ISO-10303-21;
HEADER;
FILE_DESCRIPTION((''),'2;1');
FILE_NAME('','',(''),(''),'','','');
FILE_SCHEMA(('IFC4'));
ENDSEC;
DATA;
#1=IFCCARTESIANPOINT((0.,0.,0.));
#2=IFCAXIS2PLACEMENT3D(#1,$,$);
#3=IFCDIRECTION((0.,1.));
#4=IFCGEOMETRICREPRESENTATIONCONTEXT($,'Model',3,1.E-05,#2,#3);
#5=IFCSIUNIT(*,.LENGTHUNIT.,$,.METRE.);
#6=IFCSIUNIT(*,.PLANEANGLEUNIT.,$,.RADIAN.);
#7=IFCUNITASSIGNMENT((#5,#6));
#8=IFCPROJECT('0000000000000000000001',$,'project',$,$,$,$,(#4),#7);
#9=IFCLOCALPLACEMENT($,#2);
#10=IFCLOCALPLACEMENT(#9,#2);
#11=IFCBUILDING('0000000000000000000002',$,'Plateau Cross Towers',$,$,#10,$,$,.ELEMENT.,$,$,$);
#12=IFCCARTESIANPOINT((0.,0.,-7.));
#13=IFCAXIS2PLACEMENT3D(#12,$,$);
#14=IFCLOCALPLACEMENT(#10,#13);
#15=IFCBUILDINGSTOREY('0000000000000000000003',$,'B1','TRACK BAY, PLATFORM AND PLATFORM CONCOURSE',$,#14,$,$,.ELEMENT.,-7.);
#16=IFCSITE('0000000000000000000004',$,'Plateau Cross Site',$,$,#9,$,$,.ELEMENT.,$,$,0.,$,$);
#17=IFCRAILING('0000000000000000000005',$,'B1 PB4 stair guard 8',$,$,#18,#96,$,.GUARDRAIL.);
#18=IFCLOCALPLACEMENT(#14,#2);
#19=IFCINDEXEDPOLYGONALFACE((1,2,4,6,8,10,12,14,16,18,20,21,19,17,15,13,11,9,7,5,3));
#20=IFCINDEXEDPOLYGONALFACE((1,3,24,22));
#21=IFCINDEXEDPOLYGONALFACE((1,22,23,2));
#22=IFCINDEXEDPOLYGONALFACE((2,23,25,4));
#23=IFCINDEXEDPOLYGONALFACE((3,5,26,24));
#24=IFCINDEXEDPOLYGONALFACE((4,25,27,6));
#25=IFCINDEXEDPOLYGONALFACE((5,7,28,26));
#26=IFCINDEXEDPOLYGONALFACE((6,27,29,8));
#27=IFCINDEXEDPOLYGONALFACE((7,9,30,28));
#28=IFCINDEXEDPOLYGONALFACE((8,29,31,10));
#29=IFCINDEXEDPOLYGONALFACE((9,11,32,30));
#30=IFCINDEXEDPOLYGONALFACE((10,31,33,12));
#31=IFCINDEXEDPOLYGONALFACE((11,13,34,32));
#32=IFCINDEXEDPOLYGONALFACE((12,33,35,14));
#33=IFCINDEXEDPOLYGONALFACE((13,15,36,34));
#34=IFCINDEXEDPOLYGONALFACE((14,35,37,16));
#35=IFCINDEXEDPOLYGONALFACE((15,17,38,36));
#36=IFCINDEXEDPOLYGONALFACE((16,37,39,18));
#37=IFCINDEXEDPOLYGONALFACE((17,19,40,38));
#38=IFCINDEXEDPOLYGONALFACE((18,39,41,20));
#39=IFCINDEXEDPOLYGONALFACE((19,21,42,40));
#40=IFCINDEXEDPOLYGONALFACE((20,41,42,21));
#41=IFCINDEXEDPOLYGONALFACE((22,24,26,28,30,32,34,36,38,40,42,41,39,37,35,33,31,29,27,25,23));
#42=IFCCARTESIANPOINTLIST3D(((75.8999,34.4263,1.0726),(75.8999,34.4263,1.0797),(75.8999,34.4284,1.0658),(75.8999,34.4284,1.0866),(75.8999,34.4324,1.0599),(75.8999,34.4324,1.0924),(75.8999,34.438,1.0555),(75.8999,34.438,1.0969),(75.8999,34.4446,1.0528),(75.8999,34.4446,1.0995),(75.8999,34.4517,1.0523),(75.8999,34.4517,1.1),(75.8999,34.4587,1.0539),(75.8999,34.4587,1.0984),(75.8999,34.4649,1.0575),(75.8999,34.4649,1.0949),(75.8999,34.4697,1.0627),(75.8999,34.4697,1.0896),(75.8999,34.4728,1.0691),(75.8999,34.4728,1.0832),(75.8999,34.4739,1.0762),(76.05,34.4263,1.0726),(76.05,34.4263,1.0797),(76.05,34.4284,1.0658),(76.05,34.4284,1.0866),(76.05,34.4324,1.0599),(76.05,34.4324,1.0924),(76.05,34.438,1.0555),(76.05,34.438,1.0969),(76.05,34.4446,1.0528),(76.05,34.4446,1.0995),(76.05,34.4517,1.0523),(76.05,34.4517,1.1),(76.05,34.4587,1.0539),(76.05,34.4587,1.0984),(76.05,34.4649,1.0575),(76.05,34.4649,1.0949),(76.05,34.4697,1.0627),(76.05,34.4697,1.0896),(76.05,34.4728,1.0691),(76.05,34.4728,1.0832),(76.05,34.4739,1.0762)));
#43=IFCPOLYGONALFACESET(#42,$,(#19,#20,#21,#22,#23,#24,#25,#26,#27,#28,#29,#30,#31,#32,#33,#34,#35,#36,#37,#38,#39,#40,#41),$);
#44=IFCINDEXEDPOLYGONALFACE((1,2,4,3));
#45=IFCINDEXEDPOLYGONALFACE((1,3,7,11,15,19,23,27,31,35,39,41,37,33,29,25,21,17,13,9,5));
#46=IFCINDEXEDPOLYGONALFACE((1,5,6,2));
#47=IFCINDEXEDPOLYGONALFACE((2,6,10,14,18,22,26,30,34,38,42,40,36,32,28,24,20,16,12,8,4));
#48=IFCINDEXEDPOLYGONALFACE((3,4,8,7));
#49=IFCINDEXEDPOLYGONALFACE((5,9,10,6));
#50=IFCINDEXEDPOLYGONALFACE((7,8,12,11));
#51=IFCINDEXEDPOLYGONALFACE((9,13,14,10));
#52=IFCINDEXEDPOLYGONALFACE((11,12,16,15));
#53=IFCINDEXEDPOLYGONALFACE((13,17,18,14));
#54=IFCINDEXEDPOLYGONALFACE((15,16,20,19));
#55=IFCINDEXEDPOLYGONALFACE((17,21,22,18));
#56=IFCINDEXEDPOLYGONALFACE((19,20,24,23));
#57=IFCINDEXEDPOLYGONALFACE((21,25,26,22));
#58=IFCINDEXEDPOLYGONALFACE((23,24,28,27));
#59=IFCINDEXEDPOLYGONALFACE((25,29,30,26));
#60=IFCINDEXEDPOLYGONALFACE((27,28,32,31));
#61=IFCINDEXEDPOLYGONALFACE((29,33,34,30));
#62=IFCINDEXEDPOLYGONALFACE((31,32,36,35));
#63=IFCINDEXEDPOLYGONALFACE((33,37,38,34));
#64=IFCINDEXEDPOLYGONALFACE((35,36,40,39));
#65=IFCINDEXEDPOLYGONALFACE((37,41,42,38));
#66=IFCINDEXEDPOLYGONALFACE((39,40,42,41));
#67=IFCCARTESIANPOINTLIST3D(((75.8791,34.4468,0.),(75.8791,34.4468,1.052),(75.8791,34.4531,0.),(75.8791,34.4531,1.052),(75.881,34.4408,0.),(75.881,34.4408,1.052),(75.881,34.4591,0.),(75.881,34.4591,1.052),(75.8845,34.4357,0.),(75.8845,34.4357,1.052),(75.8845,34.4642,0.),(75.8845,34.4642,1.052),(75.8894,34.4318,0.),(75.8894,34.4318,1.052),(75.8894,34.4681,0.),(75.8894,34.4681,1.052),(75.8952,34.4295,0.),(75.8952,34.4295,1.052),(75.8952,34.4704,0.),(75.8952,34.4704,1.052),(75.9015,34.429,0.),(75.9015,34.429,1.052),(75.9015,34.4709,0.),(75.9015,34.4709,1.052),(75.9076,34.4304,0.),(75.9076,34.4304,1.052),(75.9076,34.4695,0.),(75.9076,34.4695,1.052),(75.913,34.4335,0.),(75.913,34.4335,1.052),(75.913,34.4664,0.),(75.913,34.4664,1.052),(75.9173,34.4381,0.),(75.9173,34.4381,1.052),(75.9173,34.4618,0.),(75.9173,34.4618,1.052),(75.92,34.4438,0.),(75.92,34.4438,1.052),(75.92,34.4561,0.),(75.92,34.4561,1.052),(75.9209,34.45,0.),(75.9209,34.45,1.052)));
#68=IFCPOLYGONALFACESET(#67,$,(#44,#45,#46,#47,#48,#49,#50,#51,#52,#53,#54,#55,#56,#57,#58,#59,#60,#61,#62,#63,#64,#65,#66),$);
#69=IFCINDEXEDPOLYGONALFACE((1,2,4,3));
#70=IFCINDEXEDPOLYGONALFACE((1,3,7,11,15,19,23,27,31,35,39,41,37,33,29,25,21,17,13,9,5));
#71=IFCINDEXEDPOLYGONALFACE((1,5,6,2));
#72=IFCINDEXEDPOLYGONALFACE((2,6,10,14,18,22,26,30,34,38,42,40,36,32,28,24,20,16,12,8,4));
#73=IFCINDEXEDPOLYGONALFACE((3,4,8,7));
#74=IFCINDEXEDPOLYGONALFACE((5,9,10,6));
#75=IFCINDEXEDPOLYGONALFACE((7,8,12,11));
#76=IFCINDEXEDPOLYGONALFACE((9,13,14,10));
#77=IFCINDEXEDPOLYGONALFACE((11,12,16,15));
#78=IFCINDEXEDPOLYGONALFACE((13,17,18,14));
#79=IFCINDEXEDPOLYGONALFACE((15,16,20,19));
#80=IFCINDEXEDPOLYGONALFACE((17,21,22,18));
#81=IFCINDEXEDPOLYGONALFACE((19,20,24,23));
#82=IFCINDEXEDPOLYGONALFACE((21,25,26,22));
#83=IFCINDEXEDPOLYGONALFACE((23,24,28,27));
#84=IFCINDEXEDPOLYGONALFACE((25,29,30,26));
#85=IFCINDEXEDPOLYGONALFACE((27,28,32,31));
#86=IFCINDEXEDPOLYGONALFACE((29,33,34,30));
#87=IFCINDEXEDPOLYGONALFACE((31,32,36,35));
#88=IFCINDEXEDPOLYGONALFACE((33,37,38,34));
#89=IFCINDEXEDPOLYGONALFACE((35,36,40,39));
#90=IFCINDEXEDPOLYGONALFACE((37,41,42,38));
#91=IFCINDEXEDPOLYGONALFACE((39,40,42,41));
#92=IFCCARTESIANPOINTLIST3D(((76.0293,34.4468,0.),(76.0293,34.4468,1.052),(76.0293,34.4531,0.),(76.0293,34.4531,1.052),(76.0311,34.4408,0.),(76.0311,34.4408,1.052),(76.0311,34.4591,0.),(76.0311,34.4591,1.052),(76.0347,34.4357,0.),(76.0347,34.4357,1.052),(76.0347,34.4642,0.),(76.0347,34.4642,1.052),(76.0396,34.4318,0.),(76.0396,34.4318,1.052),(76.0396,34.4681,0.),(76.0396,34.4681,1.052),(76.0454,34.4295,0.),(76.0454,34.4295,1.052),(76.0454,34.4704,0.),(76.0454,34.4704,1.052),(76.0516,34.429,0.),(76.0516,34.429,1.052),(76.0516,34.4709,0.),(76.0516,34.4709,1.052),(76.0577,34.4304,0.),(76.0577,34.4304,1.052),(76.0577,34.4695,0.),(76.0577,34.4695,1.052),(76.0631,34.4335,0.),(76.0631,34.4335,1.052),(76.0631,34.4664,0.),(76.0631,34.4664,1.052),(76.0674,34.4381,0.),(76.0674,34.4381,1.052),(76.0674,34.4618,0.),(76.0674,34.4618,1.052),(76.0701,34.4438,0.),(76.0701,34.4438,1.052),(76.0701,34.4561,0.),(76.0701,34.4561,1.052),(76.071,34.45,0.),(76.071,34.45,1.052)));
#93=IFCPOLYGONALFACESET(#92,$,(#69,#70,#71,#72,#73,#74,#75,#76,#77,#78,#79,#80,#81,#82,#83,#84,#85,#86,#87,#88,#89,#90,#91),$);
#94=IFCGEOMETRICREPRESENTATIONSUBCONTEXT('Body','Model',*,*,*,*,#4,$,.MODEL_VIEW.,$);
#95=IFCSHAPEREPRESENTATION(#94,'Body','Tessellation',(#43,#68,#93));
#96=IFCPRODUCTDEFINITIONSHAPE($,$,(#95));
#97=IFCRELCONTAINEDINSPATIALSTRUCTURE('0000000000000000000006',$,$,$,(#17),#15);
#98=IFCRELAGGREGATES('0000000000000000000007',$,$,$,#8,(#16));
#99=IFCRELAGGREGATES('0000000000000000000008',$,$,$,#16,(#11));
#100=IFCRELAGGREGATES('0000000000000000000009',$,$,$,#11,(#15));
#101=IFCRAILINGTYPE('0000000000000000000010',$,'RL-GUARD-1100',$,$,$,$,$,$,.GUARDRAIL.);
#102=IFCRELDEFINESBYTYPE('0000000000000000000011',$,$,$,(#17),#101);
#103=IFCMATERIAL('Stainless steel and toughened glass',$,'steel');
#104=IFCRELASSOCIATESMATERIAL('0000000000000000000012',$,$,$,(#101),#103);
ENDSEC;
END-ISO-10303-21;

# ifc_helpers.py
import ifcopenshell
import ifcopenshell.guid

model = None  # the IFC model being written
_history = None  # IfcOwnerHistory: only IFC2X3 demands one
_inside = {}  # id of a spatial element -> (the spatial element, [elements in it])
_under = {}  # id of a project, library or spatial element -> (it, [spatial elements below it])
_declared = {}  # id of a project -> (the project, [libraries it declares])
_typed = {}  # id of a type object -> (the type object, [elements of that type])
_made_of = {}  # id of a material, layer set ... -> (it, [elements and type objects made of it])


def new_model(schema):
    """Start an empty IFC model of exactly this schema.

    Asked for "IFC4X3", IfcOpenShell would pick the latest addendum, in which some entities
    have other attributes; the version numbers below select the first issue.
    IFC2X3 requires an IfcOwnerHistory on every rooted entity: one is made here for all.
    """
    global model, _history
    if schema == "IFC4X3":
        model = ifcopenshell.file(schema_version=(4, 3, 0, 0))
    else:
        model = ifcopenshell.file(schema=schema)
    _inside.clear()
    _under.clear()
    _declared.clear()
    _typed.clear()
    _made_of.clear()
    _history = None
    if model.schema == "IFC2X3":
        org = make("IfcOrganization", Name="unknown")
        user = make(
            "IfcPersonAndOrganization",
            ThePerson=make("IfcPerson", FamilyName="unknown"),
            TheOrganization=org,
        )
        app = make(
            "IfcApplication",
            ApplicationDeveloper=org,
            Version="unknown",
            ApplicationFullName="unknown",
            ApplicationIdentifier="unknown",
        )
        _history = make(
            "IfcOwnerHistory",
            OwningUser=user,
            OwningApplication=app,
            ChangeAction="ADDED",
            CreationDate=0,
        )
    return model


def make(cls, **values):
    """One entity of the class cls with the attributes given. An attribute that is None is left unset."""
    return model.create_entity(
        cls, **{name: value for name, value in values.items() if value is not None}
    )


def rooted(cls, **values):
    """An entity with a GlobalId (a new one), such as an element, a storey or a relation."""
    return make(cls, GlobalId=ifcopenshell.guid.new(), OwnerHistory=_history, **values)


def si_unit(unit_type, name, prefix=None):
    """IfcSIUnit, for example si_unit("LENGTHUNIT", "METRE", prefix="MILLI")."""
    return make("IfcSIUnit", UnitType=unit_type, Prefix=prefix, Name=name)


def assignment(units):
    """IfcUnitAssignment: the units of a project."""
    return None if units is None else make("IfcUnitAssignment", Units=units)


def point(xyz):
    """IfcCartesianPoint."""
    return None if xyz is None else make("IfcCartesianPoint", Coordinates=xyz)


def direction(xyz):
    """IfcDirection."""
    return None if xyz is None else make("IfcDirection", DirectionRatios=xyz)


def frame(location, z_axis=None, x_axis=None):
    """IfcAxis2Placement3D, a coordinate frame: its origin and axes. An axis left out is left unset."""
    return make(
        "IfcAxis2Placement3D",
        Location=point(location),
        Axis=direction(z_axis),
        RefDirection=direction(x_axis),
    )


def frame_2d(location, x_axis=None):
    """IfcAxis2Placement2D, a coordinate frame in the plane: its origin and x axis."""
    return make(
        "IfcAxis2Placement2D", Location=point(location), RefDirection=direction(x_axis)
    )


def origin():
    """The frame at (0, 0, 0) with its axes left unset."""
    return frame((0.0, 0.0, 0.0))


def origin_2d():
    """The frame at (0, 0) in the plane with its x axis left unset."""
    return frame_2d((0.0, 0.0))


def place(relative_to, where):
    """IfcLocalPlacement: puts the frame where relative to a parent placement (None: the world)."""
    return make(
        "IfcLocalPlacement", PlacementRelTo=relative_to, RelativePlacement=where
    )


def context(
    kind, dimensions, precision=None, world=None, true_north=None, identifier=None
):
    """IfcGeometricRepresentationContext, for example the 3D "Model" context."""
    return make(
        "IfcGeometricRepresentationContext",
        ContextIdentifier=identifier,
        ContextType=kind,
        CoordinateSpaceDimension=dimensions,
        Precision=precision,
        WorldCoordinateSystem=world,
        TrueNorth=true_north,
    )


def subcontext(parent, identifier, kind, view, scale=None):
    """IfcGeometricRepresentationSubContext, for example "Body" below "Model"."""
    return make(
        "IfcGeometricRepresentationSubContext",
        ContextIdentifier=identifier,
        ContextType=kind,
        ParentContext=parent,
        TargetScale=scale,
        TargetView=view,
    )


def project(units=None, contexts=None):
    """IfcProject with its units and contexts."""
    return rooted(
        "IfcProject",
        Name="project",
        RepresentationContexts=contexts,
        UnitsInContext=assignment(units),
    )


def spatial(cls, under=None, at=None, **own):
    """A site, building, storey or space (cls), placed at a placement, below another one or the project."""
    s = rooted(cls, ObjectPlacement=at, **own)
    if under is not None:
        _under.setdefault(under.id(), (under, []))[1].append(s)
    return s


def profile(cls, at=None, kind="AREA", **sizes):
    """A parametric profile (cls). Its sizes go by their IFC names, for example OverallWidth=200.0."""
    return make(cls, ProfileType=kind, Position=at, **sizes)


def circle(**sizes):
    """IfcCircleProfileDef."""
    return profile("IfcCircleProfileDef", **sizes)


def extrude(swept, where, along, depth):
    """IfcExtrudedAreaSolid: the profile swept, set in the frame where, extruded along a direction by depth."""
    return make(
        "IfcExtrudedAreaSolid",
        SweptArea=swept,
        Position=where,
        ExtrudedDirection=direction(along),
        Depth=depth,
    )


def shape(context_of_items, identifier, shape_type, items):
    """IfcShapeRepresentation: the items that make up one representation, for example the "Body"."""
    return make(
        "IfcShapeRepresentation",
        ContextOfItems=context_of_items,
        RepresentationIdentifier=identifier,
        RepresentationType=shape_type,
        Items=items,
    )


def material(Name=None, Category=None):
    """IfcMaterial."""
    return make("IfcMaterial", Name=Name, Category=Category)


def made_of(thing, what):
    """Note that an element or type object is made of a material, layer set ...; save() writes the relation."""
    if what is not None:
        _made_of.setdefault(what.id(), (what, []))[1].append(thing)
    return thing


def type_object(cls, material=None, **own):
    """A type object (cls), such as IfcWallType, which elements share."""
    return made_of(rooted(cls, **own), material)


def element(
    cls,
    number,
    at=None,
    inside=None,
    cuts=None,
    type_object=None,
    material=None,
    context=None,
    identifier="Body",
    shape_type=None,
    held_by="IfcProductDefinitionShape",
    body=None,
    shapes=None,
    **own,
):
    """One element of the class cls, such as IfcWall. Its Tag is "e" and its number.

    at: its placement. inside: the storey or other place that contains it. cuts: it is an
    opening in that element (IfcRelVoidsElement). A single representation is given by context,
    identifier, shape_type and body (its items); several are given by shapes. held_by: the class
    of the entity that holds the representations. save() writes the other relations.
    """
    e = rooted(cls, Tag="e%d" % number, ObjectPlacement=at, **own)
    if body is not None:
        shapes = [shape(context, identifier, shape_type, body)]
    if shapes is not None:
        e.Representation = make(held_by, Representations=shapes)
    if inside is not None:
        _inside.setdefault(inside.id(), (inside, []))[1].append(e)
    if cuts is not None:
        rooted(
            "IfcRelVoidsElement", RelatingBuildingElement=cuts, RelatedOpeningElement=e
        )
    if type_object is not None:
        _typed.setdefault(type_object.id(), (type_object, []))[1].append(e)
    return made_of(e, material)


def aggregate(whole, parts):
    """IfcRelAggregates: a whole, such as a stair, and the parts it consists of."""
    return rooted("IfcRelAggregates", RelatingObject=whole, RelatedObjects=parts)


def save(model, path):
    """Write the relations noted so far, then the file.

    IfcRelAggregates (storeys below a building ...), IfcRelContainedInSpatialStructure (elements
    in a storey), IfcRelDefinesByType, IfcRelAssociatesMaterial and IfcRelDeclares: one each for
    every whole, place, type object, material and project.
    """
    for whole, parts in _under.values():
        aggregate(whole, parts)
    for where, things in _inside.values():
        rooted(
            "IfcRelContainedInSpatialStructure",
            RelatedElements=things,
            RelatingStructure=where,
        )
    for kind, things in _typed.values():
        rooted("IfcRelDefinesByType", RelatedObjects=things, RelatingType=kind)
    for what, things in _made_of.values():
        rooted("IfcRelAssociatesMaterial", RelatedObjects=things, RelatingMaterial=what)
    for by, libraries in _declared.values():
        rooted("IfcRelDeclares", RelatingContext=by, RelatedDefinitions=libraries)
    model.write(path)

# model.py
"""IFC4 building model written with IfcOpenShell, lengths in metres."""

from ifc_helpers import new_model, si_unit, direction, frame, origin, origin_2d, place, context, subcontext, project, spatial, circle, extrude, material, type_object, element, save


model = new_model("IFC4")

# Units and contexts
model_context = context("Model", 3, precision=1e-05, world=origin(), true_north=direction((0.0, 1.0)))
body_context = subcontext(model_context, "Body", "Model", "MODEL_VIEW")
ifc_project = project(units=[si_unit("LENGTHUNIT", "METRE"), si_unit("PLANEANGLEUNIT", "RADIAN")], contexts=[model_context])

# Site, building, storey
site_placement = place(None, origin())
site = spatial("IfcSite", under=ifc_project, at=site_placement, Name="Plateau Cross Site", CompositionType="ELEMENT", RefElevation=0.0)
building_placement = place(site_placement, origin())
building = spatial("IfcBuilding", under=site, at=building_placement, Name="Plateau Cross Towers", CompositionType="ELEMENT")
storey_placement = place(building_placement, frame((0.0, 0.0, -7.0)))
storey = spatial("IfcBuildingStorey", under=building, at=storey_placement, Name="B1", Description="TRACK BAY, PLATFORM AND PLATFORM CONCOURSE", CompositionType="ELEMENT", Elevation=-7.0)

# Railing
ifc_material_1 = material(Name="Stainless steel and toughened glass", Category="steel")
railing_type_1 = type_object("IfcRailingType", Name="RL-GUARD-1100", PredefinedType="GUARDRAIL", material=ifc_material_1)
railing_1_placement = place(storey_placement, frame((75.8999, 34.45, 0.0)))
element("IfcRailing", 1, at=railing_1_placement, inside=storey, type_object=railing_type_1, Name="B1 PB4 stair guard 8", PredefinedType="GUARDRAIL", context=body_context, shape_type="SweptSolid", body=[
    extrude(circle(Radius=0.0239, at=origin_2d()), frame((0.0, 0.0, 1.0762), z_axis=(1.0, 0.0, 0.0), x_axis=(0.0, 1.0, 0.0)), (0.0, 0.0, 1.0), 0.1501),
    extrude(circle(Radius=0.021, at=origin_2d()), origin(), (0.0, 0.0, 1.0), 1.052),
    extrude(circle(Radius=0.021, at=origin_2d()), frame((0.1501, 0.0, 0.0)), (0.0, 0.0, 1.0), 1.052),
])

save(model, "model.ifc")
